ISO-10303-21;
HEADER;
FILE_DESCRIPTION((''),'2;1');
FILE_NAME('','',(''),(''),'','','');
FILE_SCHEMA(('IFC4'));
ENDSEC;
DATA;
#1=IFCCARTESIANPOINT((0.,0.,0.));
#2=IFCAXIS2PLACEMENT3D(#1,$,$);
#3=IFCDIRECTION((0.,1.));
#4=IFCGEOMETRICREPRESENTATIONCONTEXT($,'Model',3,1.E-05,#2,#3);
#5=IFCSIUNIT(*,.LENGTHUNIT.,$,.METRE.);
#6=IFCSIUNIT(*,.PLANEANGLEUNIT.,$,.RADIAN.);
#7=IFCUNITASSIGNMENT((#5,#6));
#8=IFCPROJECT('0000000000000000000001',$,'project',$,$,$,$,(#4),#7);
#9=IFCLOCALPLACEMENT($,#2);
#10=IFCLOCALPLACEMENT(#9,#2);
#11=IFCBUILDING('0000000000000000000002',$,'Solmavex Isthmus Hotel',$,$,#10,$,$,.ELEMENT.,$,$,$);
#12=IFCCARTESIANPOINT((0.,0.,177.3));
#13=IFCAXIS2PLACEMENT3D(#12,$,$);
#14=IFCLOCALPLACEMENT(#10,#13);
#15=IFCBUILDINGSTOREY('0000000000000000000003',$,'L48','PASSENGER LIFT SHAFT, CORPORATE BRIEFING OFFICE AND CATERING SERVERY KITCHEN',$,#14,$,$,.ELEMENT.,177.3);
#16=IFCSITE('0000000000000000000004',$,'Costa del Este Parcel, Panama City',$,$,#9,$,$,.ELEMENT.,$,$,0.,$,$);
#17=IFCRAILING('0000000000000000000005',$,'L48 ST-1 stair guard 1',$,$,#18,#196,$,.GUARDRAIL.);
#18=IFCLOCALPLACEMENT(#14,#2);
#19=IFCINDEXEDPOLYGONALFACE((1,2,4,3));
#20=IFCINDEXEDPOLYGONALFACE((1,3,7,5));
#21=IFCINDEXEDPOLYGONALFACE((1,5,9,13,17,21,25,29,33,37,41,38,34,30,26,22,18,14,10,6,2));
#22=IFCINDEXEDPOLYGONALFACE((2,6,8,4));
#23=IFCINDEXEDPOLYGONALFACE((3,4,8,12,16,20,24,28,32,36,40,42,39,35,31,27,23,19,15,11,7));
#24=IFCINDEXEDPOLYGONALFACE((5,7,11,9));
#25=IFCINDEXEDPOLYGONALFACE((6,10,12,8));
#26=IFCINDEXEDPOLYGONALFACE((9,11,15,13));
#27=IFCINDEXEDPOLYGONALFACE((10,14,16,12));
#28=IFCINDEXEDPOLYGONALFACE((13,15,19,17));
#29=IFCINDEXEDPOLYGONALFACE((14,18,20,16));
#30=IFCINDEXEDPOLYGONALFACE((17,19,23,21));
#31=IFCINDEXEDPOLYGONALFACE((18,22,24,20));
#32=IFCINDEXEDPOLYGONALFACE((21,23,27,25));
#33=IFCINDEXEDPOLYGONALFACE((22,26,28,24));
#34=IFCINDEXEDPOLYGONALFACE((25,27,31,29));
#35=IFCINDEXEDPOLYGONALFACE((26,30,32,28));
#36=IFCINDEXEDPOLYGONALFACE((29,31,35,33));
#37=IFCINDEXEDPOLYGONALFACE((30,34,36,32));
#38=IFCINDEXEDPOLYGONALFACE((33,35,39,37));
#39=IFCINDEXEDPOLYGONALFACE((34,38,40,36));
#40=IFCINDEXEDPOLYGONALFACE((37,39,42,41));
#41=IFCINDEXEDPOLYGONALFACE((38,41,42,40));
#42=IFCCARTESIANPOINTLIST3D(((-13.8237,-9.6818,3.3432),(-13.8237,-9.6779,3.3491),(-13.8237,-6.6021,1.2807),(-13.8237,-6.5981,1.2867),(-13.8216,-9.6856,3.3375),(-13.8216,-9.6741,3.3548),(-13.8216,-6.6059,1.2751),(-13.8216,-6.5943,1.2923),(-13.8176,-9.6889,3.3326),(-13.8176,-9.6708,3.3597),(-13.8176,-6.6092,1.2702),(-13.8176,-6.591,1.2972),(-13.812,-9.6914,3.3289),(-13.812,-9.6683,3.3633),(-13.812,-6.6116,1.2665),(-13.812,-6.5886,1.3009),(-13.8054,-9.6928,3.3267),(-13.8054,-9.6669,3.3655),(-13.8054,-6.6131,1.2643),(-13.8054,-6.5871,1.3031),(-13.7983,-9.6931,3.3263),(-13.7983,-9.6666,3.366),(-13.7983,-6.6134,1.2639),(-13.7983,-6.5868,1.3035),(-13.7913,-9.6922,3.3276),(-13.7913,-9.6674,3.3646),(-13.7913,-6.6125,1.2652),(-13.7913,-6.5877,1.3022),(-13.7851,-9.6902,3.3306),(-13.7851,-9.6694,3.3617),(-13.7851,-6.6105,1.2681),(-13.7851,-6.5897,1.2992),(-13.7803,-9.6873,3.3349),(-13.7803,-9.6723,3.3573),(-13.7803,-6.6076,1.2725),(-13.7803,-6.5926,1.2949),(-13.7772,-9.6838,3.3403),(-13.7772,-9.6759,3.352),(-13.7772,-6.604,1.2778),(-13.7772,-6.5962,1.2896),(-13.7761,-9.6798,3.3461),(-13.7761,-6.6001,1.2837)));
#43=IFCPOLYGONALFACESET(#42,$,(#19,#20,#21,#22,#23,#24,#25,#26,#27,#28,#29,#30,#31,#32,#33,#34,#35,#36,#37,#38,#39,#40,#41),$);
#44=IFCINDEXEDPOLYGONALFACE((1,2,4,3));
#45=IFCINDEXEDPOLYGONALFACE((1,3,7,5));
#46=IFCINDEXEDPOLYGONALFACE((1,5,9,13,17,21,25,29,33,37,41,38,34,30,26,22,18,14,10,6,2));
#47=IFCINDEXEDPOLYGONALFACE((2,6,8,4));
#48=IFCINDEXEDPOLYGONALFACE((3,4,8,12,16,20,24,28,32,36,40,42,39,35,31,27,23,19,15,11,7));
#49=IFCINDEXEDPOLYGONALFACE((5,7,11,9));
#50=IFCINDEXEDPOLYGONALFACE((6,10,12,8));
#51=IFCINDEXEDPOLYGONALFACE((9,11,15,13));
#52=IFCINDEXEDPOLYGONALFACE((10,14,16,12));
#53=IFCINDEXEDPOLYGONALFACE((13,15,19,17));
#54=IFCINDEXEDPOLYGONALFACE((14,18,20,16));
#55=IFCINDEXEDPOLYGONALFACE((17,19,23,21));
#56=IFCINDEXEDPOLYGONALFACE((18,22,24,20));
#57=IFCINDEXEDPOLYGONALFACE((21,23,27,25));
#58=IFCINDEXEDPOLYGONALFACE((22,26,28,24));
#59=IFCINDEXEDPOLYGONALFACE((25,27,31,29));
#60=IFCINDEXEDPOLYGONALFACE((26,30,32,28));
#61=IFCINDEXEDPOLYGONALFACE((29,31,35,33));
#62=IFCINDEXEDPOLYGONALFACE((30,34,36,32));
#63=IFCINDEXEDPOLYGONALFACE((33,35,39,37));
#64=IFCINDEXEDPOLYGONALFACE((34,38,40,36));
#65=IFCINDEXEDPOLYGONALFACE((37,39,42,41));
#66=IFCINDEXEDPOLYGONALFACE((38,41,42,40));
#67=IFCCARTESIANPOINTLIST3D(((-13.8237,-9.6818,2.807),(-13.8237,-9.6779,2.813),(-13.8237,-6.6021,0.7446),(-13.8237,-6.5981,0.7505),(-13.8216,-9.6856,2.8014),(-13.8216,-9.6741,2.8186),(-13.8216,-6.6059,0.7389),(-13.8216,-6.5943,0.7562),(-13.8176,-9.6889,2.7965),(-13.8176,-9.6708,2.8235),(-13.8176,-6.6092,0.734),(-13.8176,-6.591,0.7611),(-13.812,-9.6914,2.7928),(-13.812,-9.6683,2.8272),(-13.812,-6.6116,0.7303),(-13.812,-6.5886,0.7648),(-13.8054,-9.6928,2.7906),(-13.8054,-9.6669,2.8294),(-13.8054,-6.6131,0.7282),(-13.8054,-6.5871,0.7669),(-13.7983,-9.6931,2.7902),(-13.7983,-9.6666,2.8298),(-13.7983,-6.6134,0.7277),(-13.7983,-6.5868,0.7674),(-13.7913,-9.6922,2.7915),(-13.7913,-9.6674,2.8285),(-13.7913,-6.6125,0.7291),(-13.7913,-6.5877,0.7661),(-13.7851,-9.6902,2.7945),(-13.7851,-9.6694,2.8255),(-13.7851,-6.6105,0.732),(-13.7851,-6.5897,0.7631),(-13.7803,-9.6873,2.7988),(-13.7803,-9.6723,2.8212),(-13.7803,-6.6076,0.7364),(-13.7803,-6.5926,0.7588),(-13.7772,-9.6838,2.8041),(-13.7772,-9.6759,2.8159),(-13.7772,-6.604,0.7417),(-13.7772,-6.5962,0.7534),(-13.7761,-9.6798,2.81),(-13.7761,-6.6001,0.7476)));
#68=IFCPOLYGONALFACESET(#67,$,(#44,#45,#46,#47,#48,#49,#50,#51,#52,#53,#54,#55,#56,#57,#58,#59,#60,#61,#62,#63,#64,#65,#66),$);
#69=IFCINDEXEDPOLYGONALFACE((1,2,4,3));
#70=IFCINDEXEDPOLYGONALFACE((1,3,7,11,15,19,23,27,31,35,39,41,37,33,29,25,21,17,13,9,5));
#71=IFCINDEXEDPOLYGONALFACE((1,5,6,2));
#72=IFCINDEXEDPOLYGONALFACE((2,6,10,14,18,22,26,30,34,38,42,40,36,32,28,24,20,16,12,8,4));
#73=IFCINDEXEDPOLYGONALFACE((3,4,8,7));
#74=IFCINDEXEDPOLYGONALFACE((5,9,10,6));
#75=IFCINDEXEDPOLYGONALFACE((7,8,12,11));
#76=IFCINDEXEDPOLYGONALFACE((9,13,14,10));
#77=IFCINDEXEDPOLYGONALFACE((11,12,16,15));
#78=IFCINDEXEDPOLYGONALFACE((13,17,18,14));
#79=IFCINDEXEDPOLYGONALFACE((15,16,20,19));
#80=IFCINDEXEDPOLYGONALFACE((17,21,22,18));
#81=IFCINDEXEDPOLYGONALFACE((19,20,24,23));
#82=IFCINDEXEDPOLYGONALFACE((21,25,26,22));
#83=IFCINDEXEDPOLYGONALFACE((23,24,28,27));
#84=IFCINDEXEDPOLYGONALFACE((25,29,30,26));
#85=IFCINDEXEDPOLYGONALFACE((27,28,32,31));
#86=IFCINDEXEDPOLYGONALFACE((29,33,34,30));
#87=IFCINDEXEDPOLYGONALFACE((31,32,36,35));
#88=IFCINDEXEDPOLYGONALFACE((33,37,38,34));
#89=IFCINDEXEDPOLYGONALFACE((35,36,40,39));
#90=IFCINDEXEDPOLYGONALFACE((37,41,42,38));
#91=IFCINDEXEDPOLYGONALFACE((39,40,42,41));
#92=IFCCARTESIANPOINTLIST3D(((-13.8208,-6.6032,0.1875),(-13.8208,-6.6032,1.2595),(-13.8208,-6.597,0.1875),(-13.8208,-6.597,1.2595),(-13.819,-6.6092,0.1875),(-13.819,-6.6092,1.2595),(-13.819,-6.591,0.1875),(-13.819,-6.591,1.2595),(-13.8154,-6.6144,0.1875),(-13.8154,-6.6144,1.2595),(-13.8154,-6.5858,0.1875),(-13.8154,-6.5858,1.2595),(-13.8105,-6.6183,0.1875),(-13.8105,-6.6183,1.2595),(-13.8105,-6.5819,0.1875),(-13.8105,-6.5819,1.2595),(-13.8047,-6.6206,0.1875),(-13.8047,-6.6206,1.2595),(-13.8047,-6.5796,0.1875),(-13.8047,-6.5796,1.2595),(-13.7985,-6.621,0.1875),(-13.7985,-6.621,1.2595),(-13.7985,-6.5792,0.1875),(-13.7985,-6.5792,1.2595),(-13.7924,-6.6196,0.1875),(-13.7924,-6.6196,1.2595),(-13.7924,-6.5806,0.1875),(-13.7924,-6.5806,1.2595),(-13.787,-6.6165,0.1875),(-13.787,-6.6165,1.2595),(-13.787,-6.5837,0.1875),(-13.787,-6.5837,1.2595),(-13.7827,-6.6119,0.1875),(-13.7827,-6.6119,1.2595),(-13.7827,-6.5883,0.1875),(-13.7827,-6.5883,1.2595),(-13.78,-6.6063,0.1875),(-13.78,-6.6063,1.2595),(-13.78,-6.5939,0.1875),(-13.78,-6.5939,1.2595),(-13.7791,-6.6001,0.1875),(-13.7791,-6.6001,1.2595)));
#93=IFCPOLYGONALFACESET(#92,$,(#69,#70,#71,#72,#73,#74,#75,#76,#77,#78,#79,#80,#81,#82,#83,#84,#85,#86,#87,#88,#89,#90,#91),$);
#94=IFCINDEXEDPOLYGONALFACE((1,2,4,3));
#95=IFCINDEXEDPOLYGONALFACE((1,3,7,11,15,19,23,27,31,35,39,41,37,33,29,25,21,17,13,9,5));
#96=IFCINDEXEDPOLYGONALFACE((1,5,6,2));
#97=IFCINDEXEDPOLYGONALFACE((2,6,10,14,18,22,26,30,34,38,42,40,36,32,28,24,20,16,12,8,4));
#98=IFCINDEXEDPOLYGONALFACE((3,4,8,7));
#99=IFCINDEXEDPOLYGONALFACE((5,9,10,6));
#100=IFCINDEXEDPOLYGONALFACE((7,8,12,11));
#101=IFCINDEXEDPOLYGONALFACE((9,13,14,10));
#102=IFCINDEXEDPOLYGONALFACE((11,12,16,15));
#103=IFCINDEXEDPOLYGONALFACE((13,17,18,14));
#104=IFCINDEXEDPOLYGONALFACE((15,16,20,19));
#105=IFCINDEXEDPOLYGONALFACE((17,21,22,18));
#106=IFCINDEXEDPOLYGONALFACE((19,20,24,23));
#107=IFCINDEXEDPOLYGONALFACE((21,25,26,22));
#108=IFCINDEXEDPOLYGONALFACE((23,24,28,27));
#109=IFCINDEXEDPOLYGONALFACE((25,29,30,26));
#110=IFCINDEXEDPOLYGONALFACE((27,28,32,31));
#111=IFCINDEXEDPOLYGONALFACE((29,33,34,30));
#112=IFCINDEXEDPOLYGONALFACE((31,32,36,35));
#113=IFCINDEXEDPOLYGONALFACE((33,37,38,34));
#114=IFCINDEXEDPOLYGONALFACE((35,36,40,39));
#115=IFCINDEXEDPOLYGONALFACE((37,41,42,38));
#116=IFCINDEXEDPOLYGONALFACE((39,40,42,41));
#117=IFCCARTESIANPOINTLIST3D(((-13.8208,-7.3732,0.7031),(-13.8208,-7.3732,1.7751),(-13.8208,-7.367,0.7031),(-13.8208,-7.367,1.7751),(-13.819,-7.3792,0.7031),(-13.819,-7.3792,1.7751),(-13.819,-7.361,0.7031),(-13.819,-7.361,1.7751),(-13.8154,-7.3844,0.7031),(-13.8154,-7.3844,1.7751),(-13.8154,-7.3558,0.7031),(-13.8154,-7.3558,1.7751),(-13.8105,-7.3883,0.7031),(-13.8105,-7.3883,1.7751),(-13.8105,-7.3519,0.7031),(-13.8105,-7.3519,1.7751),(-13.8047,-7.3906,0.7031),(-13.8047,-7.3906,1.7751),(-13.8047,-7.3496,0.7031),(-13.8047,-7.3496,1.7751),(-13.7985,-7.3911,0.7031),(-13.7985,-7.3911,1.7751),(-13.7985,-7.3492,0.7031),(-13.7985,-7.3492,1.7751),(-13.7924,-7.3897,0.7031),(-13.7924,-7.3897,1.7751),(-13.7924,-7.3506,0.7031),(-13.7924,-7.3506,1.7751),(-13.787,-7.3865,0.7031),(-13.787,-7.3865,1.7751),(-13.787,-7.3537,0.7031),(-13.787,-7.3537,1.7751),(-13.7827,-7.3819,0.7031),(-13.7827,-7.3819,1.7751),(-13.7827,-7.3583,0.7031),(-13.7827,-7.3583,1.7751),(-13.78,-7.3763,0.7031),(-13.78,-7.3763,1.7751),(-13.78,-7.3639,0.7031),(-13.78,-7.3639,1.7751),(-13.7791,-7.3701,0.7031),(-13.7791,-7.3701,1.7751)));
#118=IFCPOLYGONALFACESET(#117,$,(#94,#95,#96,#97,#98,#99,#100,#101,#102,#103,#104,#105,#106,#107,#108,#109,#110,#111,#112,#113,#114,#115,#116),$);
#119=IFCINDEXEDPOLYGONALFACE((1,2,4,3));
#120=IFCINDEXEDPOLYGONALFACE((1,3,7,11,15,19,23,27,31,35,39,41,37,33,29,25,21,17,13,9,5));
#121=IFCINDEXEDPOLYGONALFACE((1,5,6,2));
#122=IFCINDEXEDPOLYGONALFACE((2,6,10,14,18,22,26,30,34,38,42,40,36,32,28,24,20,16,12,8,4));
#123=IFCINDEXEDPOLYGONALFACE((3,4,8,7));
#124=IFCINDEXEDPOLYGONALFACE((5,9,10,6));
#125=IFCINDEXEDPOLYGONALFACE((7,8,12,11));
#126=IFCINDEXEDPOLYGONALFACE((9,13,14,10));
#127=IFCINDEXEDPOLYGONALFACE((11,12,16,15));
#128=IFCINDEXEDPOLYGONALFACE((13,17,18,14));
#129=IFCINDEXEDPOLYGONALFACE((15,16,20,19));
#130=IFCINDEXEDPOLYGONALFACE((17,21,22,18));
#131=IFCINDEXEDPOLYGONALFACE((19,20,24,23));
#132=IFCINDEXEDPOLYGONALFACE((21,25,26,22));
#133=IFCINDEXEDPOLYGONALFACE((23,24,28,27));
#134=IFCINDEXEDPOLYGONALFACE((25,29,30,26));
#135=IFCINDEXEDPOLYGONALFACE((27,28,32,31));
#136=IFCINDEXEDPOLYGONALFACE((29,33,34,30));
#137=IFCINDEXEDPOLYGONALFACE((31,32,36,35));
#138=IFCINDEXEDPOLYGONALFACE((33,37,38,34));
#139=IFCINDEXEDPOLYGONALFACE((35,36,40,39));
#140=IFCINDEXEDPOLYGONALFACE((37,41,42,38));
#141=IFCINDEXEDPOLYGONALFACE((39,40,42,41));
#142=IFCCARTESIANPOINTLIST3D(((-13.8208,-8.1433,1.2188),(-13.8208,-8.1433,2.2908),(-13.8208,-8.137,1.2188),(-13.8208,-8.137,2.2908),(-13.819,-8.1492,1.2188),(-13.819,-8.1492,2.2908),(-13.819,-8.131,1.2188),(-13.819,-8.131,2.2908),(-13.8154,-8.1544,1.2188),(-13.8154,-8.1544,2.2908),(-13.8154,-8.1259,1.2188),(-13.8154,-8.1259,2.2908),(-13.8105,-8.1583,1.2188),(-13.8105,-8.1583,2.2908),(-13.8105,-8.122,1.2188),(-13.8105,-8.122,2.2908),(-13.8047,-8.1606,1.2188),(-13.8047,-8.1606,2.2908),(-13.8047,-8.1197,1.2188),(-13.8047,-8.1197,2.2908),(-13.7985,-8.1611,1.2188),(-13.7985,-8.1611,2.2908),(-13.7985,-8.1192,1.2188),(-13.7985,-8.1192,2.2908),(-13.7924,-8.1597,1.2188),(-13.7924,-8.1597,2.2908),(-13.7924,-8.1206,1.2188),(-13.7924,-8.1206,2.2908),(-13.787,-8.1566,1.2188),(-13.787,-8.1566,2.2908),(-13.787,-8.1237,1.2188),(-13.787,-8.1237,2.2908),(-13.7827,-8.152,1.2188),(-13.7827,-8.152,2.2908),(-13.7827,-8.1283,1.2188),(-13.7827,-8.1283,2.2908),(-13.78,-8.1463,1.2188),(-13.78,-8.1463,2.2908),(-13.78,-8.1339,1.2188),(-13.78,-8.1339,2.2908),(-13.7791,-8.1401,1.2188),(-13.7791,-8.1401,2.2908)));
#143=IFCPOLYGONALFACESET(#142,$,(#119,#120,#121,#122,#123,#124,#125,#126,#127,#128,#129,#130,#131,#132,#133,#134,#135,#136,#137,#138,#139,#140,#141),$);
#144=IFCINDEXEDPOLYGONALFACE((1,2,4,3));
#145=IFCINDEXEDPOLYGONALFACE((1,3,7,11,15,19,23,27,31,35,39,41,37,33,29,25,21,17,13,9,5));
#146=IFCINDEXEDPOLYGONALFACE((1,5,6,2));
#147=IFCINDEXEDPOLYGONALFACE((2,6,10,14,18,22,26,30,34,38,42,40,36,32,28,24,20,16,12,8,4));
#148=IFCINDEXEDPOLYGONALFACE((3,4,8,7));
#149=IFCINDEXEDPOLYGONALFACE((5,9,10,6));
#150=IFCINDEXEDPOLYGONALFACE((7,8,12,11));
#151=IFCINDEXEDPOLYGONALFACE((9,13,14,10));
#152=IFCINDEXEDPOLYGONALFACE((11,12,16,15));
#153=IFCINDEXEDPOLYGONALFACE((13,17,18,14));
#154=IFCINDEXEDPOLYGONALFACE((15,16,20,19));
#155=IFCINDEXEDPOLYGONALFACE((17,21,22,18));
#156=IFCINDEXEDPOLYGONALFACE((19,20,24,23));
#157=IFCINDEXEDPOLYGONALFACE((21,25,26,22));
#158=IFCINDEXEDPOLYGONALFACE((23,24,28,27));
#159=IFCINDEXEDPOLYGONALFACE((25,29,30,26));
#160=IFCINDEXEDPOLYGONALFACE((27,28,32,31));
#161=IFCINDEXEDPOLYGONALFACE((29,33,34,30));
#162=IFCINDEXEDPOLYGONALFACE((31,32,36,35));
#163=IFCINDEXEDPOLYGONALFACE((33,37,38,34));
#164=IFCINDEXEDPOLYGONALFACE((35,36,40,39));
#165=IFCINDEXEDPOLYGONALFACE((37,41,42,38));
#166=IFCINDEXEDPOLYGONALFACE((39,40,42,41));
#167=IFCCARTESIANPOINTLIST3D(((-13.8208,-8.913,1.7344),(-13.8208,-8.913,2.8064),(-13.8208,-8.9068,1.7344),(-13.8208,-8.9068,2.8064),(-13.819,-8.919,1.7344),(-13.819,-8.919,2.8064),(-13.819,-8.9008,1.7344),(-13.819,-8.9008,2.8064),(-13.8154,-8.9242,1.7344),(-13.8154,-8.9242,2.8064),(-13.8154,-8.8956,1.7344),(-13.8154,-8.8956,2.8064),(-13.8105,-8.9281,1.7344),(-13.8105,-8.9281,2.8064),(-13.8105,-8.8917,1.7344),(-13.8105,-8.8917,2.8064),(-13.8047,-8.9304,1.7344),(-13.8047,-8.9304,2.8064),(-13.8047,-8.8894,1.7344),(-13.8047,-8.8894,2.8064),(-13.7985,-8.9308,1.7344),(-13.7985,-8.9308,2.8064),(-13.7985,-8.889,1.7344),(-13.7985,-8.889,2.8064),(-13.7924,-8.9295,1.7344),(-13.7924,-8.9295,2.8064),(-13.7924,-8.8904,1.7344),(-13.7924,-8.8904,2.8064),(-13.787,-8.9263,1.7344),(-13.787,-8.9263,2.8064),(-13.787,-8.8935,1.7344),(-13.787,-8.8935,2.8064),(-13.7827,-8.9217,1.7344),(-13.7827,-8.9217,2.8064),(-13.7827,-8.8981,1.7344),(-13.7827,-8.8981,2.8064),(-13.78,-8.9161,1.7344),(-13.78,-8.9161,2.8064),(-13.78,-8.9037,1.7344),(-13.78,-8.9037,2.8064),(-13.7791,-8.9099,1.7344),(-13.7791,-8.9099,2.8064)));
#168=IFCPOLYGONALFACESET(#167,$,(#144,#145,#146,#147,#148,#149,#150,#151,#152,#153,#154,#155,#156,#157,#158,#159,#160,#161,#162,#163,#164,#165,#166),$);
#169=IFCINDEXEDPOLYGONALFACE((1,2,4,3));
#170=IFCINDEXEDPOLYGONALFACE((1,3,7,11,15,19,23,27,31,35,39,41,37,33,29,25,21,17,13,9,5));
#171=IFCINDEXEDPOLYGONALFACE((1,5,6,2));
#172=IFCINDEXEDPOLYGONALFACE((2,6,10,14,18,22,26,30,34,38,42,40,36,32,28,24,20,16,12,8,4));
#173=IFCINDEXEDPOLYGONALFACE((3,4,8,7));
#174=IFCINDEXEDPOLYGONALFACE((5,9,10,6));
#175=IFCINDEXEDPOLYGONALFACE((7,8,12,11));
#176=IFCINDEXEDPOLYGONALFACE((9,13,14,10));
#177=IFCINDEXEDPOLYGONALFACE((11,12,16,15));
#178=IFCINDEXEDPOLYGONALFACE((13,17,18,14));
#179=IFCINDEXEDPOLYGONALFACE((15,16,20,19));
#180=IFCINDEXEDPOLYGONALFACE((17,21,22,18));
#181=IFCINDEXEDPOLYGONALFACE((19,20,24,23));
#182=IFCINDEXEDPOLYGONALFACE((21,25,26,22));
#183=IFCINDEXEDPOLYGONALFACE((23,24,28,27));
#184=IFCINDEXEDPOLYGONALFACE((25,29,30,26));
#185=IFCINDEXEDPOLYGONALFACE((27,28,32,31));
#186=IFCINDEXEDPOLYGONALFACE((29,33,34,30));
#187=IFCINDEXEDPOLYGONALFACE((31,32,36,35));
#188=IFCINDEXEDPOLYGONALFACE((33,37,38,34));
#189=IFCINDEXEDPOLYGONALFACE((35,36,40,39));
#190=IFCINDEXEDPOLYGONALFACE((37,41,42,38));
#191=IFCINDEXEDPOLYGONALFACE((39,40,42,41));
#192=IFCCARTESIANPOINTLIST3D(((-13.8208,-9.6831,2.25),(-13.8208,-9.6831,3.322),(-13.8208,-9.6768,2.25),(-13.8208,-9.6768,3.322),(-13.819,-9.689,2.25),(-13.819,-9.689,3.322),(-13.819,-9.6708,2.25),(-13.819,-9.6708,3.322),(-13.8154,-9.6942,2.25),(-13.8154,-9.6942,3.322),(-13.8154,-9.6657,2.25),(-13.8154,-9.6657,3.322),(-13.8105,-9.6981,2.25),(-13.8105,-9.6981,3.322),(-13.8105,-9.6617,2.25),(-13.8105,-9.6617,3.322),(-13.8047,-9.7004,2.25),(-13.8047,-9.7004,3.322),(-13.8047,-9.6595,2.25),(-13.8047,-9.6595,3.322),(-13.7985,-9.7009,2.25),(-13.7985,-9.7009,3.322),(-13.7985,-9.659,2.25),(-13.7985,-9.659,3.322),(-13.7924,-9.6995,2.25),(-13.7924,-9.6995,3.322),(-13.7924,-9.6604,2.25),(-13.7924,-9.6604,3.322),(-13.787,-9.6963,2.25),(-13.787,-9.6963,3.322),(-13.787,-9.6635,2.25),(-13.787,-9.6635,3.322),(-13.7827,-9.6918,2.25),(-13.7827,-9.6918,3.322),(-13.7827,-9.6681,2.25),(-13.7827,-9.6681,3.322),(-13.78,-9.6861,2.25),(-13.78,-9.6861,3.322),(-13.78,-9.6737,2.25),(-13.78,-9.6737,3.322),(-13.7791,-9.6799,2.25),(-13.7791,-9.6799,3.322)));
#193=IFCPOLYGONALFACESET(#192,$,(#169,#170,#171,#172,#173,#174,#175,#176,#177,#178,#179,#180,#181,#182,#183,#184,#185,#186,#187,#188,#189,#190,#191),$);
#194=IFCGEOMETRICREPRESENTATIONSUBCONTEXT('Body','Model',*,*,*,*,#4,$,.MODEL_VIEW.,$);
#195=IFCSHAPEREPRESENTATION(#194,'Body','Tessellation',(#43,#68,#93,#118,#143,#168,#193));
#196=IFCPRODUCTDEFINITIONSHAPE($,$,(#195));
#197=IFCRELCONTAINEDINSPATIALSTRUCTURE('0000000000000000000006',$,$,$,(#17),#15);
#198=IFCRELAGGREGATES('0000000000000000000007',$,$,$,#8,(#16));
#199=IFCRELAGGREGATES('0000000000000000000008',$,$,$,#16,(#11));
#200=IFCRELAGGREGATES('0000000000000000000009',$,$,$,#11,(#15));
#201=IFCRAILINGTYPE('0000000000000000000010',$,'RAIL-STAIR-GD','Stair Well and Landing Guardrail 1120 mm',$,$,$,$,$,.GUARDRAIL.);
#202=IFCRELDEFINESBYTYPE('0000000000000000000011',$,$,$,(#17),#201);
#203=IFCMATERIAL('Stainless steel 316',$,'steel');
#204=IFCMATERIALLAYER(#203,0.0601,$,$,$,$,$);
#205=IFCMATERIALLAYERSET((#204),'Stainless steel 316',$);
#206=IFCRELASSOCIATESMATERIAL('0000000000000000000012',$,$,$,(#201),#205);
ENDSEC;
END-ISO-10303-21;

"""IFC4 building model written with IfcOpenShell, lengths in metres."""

from ifc_helpers import new_model, si_unit, direction, frame, origin, origin_2d, place, context, subcontext, project, spatial, circle, extrude, material, layer, layer_set, type_object, element, save


model = new_model("IFC4")

# Units and contexts
model_context = context("Model", 3, precision=1e-05, world=origin(), true_north=direction((0.0, 1.0)))
body_context = subcontext(model_context, "Body", "Model", "MODEL_VIEW")
ifc_project = project(units=[si_unit("LENGTHUNIT", "METRE"), si_unit("PLANEANGLEUNIT", "RADIAN")], contexts=[model_context])

# Site, building, storey
site_placement = place(None, origin())
site = spatial("IfcSite", under=ifc_project, at=site_placement, Name="Costa del Este Parcel, Panama City", CompositionType="ELEMENT", RefElevation=0.0)
building_placement = place(site_placement, origin())
building = spatial("IfcBuilding", under=site, at=building_placement, Name="Solmavex Isthmus Hotel", CompositionType="ELEMENT")
storey_placement = place(building_placement, frame((0.0, 0.0, 177.3)))
storey = spatial("IfcBuildingStorey", under=building, at=storey_placement, Name="L48", Description="PASSENGER LIFT SHAFT, CORPORATE BRIEFING OFFICE AND CATERING SERVERY KITCHEN", CompositionType="ELEMENT", Elevation=177.3)

# Railing
ifc_material_1 = material(Name="Stainless steel 316", Category="steel")
ifc_layer_1 = layer(ifc_material_1, 0.0601)
ifc_layer_set_1 = layer_set([ifc_layer_1], Name="Stainless steel 316")
railing_type_1 = type_object("IfcRailingType", Name="RAIL-STAIR-GD", Description="Stair Well and Landing Guardrail 1120 mm", PredefinedType="GUARDRAIL", material=ifc_layer_set_1)
railing_1_placement = place(storey_placement, frame((-13.8, -6.6001, 0.1875)))
element("IfcRailing", 1, at=railing_1_placement, inside=storey, type_object=railing_type_1, Name="L48 ST-1 stair guard 1", PredefinedType="GUARDRAIL", context=body_context, shape_type="SweptSolid", body=[
    extrude(circle(Radius=0.0239, at=origin_2d()), frame((0.0, 0.0, 1.0962), z_axis=(0.0, -0.830893, 0.556432), x_axis=(1.0, 0.0, 0.0)), (0.0, 0.0, 1.0), 3.7065),
    extrude(circle(Radius=0.0239, at=origin_2d()), frame((0.0, 0.0, 0.5601), z_axis=(0.0, -0.830893, 0.556432), x_axis=(1.0, 0.0, 0.0)), (0.0, 0.0, 1.0), 3.7065),
    extrude(circle(Radius=0.021, at=origin_2d()), origin(), (0.0, 0.0, 1.0), 1.072),
    extrude(circle(Radius=0.021, at=origin_2d()), frame((0.0, -0.77, 0.5156)), (0.0, 0.0, 1.0), 1.072),
    extrude(circle(Radius=0.021, at=origin_2d()), frame((0.0, -1.54, 1.0312)), (0.0, 0.0, 1.0), 1.072),
    extrude(circle(Radius=0.021, at=origin_2d()), frame((0.0, -2.3098, 1.5469)), (0.0, 0.0, 1.0), 1.072),
    extrude(circle(Radius=0.021, at=origin_2d()), frame((0.0, -3.0798, 2.0625)), (0.0, 0.0, 1.0), 1.072),
])

save(model, "model.ifc")
